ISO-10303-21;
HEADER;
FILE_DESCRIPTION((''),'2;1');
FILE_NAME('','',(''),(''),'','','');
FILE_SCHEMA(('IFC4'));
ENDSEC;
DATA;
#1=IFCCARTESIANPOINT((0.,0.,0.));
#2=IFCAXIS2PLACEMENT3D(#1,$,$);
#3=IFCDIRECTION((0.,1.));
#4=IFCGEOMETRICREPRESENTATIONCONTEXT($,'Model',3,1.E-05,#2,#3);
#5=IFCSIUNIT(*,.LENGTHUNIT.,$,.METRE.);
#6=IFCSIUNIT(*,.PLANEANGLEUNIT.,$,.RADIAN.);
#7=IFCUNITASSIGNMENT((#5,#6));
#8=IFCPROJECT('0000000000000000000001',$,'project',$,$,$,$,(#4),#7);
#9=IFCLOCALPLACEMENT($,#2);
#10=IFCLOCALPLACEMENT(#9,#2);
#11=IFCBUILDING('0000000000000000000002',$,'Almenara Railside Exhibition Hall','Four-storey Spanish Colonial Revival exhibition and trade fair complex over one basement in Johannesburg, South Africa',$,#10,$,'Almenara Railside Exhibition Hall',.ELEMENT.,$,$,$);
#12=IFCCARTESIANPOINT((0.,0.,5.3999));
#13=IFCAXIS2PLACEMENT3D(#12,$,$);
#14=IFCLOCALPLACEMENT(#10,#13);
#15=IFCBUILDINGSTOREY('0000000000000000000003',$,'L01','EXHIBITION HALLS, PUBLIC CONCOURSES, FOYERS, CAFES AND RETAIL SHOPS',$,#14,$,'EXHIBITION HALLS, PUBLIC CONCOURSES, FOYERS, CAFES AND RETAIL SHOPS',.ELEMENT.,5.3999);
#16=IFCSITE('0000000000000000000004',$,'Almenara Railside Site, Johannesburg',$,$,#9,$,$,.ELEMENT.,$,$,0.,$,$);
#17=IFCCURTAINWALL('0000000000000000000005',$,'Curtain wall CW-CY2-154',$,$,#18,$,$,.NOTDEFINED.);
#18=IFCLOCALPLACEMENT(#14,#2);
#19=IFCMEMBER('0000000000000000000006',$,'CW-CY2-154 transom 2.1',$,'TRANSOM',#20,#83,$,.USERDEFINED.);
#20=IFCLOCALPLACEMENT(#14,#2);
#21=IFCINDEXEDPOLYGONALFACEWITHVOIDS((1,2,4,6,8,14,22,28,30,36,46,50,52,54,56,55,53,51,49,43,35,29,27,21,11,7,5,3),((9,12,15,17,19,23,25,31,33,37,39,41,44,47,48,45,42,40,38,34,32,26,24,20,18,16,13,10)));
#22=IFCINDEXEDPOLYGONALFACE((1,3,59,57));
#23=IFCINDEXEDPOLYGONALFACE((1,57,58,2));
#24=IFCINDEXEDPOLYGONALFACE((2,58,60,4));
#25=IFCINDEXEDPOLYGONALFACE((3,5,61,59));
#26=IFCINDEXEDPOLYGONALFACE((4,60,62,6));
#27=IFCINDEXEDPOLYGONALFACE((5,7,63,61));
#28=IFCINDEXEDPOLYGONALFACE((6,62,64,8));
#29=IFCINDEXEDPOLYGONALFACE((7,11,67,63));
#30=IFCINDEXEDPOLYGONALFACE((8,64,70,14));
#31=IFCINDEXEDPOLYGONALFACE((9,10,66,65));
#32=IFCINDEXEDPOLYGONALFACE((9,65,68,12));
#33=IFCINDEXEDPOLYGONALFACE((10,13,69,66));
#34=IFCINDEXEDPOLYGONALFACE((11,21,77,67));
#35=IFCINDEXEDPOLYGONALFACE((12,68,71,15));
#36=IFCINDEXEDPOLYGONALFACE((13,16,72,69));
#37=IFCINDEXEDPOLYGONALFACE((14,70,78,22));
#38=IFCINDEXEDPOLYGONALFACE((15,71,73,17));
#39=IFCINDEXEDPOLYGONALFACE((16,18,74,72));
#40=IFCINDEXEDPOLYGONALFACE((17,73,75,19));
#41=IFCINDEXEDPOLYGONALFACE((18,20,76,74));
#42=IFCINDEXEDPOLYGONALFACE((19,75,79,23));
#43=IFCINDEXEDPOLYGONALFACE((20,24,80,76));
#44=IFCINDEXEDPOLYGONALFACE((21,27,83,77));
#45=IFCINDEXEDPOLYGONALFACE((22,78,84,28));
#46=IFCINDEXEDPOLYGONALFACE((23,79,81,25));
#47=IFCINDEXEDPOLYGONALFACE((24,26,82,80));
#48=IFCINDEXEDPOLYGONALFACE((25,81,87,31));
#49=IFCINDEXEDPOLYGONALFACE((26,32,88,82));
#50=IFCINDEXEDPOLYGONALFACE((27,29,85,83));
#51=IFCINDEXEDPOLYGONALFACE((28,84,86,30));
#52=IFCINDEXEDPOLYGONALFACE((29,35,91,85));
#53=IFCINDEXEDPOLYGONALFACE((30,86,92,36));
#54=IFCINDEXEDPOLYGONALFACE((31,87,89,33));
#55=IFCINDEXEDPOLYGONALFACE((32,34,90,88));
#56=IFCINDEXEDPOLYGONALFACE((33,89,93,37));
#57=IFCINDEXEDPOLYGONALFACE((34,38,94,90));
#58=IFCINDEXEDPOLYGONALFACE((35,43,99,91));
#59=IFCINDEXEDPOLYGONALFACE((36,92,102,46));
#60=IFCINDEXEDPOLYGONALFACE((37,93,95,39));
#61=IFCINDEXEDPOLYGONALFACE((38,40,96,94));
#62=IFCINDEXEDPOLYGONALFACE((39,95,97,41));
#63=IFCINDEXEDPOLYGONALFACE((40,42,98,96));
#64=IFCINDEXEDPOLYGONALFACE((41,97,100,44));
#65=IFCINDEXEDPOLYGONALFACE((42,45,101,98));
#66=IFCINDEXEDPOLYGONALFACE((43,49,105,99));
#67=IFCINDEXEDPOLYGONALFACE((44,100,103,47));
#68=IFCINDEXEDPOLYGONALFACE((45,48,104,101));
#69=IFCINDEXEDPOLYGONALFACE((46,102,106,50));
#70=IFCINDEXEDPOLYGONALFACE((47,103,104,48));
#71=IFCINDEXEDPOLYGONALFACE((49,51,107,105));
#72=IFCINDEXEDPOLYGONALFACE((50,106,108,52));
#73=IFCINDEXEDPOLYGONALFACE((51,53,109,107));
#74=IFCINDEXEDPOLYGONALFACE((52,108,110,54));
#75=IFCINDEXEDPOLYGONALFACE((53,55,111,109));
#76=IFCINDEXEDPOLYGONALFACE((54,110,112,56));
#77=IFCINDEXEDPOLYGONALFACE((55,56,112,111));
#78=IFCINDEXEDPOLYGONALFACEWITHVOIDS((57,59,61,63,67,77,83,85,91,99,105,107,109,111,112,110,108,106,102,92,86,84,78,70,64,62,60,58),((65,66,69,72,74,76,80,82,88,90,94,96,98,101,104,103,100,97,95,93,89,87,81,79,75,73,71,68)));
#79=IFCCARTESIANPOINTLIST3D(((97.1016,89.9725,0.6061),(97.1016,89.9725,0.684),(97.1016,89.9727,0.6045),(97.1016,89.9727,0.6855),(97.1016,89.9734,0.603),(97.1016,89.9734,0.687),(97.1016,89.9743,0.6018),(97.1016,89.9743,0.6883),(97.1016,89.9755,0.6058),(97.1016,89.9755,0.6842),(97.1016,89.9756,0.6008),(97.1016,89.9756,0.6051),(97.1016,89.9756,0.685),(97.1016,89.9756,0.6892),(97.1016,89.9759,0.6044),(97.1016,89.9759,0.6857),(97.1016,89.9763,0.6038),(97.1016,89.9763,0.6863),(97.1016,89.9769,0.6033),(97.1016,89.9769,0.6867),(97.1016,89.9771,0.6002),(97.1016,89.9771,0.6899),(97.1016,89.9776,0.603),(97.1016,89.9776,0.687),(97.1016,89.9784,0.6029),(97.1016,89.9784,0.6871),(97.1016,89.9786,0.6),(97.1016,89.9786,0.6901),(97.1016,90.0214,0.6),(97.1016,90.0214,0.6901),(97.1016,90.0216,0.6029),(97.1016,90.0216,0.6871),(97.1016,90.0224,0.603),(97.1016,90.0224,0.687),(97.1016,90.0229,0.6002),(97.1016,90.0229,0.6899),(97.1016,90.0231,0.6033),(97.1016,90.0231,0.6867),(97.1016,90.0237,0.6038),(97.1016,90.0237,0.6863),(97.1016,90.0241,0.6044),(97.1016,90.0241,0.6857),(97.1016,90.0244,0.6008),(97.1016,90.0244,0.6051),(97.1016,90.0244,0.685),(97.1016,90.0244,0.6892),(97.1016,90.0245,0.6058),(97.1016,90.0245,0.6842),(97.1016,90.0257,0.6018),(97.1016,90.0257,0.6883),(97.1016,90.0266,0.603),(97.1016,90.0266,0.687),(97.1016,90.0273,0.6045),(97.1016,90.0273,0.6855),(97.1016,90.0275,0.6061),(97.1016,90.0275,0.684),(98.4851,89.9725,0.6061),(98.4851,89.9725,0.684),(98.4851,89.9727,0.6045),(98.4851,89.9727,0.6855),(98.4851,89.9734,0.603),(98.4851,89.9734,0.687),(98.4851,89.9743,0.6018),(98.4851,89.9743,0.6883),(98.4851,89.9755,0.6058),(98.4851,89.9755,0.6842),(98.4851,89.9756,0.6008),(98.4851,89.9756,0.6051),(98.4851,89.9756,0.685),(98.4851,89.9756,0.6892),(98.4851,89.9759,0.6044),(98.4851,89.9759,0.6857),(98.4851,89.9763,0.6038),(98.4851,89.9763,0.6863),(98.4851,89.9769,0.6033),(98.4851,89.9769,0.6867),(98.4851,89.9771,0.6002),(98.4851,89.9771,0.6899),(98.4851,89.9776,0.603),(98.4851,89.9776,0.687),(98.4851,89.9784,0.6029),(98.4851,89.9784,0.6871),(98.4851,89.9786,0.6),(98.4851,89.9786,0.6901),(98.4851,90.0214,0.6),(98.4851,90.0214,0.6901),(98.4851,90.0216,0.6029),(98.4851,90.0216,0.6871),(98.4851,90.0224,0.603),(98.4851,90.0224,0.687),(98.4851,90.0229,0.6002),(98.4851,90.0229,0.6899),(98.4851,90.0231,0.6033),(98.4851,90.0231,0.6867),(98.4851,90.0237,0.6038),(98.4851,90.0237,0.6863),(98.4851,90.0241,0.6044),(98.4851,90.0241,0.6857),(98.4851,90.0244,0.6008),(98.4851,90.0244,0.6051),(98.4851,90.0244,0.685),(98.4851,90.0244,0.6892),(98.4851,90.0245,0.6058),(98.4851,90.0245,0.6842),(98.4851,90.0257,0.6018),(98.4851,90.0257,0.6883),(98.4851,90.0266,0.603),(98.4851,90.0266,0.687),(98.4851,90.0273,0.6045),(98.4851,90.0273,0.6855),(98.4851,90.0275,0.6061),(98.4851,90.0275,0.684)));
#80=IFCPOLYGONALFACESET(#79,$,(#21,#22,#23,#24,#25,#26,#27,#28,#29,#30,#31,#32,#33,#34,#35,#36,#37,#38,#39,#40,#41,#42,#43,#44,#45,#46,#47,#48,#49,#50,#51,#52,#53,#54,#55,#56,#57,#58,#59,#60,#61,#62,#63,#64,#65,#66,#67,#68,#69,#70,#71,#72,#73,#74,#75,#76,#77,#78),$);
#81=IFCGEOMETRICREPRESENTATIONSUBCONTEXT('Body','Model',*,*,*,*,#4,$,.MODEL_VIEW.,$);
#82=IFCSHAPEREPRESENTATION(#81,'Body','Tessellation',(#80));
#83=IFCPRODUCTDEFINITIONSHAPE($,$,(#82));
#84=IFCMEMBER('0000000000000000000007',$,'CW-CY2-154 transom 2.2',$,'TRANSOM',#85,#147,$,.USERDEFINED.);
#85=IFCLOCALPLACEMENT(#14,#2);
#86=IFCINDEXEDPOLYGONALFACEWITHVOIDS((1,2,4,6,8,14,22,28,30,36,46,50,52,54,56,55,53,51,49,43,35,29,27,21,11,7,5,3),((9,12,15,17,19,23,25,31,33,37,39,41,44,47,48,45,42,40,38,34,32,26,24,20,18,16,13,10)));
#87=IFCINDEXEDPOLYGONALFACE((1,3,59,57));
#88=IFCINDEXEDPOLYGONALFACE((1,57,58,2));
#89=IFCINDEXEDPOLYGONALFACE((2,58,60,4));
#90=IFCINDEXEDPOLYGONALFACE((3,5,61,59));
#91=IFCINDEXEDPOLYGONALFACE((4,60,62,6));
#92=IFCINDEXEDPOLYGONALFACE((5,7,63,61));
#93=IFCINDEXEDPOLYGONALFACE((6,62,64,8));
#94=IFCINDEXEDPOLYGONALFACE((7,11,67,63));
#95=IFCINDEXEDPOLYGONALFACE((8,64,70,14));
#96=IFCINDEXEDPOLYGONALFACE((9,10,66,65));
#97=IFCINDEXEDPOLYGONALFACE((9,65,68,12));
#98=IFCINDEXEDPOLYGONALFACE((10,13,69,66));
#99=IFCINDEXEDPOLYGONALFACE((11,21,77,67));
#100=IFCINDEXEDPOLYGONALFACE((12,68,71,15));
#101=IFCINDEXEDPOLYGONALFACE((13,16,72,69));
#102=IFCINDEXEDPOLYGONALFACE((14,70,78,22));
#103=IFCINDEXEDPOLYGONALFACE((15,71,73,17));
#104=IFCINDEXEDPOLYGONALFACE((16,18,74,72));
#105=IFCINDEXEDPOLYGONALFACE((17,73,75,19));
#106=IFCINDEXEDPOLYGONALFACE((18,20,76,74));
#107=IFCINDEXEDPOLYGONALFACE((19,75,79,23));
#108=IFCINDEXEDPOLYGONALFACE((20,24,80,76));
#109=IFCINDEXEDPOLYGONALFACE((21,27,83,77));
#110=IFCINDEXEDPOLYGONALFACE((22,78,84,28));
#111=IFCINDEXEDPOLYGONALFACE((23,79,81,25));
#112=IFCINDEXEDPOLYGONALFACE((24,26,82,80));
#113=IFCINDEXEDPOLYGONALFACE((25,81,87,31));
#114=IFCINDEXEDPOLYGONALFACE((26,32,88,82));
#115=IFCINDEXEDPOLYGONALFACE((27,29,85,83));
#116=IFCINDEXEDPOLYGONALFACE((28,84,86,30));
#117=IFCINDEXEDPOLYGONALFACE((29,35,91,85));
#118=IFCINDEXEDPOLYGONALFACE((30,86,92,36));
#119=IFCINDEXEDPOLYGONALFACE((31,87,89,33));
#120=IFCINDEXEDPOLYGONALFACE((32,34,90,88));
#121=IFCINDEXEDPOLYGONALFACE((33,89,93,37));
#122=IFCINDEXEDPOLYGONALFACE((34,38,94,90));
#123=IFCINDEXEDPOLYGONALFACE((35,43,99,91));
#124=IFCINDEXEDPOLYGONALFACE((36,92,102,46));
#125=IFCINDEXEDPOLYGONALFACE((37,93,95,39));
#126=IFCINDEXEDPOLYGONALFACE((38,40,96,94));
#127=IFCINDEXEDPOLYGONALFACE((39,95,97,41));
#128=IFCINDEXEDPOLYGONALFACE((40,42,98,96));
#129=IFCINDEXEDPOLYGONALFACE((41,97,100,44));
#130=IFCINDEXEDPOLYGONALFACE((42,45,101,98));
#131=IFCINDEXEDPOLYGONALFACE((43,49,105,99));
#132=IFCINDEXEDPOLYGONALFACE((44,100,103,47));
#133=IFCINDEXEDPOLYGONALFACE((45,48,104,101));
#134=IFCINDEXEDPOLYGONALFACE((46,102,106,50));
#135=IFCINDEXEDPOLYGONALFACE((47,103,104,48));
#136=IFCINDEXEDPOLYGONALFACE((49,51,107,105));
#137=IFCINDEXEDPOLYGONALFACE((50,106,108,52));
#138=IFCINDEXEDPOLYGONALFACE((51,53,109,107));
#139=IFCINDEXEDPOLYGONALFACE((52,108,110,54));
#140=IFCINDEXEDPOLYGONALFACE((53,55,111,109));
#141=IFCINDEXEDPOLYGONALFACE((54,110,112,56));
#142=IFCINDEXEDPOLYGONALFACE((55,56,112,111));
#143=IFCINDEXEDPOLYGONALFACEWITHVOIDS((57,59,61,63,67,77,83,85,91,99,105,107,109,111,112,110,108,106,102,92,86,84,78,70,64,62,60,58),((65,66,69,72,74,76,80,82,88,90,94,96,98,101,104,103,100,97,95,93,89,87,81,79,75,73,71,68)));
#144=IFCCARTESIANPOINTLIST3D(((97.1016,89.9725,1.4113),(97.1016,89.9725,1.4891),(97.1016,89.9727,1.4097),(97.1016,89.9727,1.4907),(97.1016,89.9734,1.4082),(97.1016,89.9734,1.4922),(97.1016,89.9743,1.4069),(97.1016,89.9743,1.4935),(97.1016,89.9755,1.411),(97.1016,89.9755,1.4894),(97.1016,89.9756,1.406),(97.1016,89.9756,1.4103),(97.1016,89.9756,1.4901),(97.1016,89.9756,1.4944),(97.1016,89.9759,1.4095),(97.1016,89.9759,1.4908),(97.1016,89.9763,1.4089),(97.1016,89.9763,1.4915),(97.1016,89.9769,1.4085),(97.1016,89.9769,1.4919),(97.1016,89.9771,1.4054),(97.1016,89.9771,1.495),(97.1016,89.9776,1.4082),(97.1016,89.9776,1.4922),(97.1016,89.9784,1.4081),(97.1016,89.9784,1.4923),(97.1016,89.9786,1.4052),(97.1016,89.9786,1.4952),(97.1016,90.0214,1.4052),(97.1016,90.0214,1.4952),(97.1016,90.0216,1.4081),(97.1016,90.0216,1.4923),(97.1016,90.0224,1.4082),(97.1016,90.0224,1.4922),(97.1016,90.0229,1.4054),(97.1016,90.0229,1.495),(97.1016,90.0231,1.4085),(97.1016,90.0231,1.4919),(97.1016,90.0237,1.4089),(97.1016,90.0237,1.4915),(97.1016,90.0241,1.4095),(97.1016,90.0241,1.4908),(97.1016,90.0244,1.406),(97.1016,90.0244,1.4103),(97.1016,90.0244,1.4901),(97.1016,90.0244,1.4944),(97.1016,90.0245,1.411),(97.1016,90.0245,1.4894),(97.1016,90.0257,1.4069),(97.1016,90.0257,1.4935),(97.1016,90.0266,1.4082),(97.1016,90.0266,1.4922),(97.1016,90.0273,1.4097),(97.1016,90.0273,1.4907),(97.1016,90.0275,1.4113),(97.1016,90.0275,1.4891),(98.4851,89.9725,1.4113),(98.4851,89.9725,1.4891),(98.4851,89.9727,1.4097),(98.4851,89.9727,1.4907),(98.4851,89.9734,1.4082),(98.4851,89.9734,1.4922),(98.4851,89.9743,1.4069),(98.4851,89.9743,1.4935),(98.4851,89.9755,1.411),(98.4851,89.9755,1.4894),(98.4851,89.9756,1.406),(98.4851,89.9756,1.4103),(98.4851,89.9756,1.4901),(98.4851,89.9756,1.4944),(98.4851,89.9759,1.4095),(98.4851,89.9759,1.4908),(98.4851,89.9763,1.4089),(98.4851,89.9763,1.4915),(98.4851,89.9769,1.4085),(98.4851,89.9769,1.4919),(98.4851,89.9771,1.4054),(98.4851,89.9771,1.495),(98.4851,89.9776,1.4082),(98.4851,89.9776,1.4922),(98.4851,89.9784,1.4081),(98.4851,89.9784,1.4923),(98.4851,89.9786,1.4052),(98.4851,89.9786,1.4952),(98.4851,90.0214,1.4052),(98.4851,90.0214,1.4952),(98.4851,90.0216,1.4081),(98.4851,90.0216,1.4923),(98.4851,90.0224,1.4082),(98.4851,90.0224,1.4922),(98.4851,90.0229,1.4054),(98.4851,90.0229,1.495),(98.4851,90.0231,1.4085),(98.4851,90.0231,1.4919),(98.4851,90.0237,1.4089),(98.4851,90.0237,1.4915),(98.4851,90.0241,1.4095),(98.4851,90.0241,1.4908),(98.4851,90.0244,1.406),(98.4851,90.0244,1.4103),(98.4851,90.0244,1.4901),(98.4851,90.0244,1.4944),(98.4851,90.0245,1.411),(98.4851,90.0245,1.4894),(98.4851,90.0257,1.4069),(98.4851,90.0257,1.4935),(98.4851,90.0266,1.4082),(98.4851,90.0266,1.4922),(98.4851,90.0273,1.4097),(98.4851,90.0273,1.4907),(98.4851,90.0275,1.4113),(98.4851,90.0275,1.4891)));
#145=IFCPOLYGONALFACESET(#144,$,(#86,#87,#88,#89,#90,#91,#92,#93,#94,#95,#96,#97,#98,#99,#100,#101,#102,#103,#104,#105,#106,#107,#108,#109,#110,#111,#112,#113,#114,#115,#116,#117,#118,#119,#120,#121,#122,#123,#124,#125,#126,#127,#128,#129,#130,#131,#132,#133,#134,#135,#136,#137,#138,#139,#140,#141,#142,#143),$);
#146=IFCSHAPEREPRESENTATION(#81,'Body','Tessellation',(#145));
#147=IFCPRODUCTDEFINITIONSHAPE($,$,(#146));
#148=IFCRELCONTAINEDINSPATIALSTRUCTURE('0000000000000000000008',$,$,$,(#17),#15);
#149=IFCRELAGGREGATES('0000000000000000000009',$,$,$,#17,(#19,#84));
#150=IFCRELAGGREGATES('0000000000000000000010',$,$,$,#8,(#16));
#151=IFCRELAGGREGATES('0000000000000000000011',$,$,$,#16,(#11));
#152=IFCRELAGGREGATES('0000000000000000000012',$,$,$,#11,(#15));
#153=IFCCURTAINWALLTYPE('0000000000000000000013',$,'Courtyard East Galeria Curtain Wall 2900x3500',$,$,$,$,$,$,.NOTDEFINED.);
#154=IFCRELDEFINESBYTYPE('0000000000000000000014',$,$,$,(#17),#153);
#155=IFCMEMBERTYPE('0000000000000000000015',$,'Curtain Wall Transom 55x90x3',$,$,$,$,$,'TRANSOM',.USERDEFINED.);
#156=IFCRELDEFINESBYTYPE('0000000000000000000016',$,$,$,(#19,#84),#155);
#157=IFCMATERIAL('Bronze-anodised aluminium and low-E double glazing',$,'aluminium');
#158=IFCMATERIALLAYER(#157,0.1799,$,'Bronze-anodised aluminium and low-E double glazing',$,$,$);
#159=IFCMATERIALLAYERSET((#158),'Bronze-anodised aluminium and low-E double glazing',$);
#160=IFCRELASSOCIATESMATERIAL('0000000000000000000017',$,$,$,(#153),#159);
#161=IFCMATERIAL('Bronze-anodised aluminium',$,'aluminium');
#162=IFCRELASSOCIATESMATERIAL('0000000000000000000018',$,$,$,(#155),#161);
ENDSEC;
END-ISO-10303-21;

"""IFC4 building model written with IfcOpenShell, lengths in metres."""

from ifc_helpers import new_model, si_unit, direction, frame, origin, origin_2d, place, context, subcontext, project, spatial, hollow_rectangle, extrude, material, layer, layer_set, material_profile, profile_set, type_object, element, aggregate, save


model = new_model("IFC4")

# Units and contexts
model_context = context("Model", 3, precision=1e-05, world=origin(), true_north=direction((0.0, 1.0)))
body_context = subcontext(model_context, "Body", "Model", "MODEL_VIEW")
ifc_project = project(units=[si_unit("LENGTHUNIT", "METRE"), si_unit("PLANEANGLEUNIT", "RADIAN")], contexts=[model_context])

# Site, building, storey
site_placement = place(None, origin())
site = spatial("IfcSite", under=ifc_project, at=site_placement, Name="Almenara Railside Site, Johannesburg", CompositionType="ELEMENT", RefElevation=0.0)
building_placement = place(site_placement, origin())
building = spatial("IfcBuilding", under=site, at=building_placement, Name="Almenara Railside Exhibition Hall", Description="Four-storey Spanish Colonial Revival exhibition and trade fair complex over one basement in Johannesburg, South Africa", LongName="Almenara Railside Exhibition Hall", CompositionType="ELEMENT")
storey_placement = place(building_placement, frame((0.0, 0.0, 5.3999)))
storey = spatial("IfcBuildingStorey", under=building, at=storey_placement, Name="L01", Description="EXHIBITION HALLS, PUBLIC CONCOURSES, FOYERS, CAFES AND RETAIL SHOPS", LongName="EXHIBITION HALLS, PUBLIC CONCOURSES, FOYERS, CAFES AND RETAIL SHOPS", CompositionType="ELEMENT", Elevation=5.3999)

# Curtain wall
ifc_material_1 = material(Name="Bronze-anodised aluminium and low-E double glazing", Category="aluminium")
ifc_layer_1 = layer(ifc_material_1, 0.1799, Name="Bronze-anodised aluminium and low-E double glazing")
ifc_layer_set_1 = layer_set([ifc_layer_1], Name="Bronze-anodised aluminium and low-E double glazing")
curtain_wall_type = type_object("IfcCurtainWallType", Name="Courtyard East Galeria Curtain Wall 2900x3500", PredefinedType="NOTDEFINED", material=ifc_layer_set_1)
curtain_wall_1_placement = place(storey_placement, origin())
curtain_wall_1 = element("IfcCurtainWall", 1, at=curtain_wall_1_placement, inside=storey, type_object=curtain_wall_type, Name="Curtain wall CW-CY2-154", PredefinedType="NOTDEFINED")
ifc_material_2 = material(Name="Bronze-anodised aluminium", Category="aluminium")

# Members
ifc_material_profile_1 = material_profile(ifc_material_2, hollow_rectangle(XDim=0.0549, YDim=0.0901, WallThickness=0.0029, InnerFilletRadius=0.0029, OuterFilletRadius=0.0061, at=origin_2d()), Name="ALU-TRN 55x90x3")
ifc_profile_set_1 = profile_set([ifc_material_profile_1], Name="Bronze-anodised aluminium")
member_type_1 = type_object("IfcMemberType", Name="Curtain Wall Transom 55x90x3", ElementType="TRANSOM", PredefinedType="USERDEFINED", material=ifc_profile_set_1)
member_1_placement = place(storey_placement, frame((98.4851, 90.0, 0.645), z_axis=(-1.0, 0.0, 0.0), x_axis=(0.0, -1.0, 0.0)))
member_1 = element("IfcMember", 2, at=member_1_placement, type_object=member_type_1, Name="CW-CY2-154 transom 2.1", ObjectType="TRANSOM", PredefinedType="USERDEFINED", context=body_context, shape_type="SweptSolid", body=[
    extrude(hollow_rectangle(XDim=0.0549, YDim=0.0901, WallThickness=0.0029, InnerFilletRadius=0.0029, OuterFilletRadius=0.0061, at=origin_2d()), origin(), (0.0, 0.0, 1.0), 1.3835),
])
member_2_placement = place(storey_placement, frame((98.4851, 90.0, 1.4502), z_axis=(-1.0, 0.0, 0.0), x_axis=(0.0, -1.0, 0.0)))
member_2 = element("IfcMember", 3, at=member_2_placement, type_object=member_type_1, Name="CW-CY2-154 transom 2.2", ObjectType="TRANSOM", PredefinedType="USERDEFINED", context=body_context, shape_type="SweptSolid", body=[
    extrude(hollow_rectangle(XDim=0.0549, YDim=0.0901, WallThickness=0.0029, InnerFilletRadius=0.0029, OuterFilletRadius=0.0061, at=origin_2d()), origin(), (0.0, 0.0, 1.0), 1.3835),
])

aggregate(curtain_wall_1, [member_1, member_2])

save(model, "model.ifc")
